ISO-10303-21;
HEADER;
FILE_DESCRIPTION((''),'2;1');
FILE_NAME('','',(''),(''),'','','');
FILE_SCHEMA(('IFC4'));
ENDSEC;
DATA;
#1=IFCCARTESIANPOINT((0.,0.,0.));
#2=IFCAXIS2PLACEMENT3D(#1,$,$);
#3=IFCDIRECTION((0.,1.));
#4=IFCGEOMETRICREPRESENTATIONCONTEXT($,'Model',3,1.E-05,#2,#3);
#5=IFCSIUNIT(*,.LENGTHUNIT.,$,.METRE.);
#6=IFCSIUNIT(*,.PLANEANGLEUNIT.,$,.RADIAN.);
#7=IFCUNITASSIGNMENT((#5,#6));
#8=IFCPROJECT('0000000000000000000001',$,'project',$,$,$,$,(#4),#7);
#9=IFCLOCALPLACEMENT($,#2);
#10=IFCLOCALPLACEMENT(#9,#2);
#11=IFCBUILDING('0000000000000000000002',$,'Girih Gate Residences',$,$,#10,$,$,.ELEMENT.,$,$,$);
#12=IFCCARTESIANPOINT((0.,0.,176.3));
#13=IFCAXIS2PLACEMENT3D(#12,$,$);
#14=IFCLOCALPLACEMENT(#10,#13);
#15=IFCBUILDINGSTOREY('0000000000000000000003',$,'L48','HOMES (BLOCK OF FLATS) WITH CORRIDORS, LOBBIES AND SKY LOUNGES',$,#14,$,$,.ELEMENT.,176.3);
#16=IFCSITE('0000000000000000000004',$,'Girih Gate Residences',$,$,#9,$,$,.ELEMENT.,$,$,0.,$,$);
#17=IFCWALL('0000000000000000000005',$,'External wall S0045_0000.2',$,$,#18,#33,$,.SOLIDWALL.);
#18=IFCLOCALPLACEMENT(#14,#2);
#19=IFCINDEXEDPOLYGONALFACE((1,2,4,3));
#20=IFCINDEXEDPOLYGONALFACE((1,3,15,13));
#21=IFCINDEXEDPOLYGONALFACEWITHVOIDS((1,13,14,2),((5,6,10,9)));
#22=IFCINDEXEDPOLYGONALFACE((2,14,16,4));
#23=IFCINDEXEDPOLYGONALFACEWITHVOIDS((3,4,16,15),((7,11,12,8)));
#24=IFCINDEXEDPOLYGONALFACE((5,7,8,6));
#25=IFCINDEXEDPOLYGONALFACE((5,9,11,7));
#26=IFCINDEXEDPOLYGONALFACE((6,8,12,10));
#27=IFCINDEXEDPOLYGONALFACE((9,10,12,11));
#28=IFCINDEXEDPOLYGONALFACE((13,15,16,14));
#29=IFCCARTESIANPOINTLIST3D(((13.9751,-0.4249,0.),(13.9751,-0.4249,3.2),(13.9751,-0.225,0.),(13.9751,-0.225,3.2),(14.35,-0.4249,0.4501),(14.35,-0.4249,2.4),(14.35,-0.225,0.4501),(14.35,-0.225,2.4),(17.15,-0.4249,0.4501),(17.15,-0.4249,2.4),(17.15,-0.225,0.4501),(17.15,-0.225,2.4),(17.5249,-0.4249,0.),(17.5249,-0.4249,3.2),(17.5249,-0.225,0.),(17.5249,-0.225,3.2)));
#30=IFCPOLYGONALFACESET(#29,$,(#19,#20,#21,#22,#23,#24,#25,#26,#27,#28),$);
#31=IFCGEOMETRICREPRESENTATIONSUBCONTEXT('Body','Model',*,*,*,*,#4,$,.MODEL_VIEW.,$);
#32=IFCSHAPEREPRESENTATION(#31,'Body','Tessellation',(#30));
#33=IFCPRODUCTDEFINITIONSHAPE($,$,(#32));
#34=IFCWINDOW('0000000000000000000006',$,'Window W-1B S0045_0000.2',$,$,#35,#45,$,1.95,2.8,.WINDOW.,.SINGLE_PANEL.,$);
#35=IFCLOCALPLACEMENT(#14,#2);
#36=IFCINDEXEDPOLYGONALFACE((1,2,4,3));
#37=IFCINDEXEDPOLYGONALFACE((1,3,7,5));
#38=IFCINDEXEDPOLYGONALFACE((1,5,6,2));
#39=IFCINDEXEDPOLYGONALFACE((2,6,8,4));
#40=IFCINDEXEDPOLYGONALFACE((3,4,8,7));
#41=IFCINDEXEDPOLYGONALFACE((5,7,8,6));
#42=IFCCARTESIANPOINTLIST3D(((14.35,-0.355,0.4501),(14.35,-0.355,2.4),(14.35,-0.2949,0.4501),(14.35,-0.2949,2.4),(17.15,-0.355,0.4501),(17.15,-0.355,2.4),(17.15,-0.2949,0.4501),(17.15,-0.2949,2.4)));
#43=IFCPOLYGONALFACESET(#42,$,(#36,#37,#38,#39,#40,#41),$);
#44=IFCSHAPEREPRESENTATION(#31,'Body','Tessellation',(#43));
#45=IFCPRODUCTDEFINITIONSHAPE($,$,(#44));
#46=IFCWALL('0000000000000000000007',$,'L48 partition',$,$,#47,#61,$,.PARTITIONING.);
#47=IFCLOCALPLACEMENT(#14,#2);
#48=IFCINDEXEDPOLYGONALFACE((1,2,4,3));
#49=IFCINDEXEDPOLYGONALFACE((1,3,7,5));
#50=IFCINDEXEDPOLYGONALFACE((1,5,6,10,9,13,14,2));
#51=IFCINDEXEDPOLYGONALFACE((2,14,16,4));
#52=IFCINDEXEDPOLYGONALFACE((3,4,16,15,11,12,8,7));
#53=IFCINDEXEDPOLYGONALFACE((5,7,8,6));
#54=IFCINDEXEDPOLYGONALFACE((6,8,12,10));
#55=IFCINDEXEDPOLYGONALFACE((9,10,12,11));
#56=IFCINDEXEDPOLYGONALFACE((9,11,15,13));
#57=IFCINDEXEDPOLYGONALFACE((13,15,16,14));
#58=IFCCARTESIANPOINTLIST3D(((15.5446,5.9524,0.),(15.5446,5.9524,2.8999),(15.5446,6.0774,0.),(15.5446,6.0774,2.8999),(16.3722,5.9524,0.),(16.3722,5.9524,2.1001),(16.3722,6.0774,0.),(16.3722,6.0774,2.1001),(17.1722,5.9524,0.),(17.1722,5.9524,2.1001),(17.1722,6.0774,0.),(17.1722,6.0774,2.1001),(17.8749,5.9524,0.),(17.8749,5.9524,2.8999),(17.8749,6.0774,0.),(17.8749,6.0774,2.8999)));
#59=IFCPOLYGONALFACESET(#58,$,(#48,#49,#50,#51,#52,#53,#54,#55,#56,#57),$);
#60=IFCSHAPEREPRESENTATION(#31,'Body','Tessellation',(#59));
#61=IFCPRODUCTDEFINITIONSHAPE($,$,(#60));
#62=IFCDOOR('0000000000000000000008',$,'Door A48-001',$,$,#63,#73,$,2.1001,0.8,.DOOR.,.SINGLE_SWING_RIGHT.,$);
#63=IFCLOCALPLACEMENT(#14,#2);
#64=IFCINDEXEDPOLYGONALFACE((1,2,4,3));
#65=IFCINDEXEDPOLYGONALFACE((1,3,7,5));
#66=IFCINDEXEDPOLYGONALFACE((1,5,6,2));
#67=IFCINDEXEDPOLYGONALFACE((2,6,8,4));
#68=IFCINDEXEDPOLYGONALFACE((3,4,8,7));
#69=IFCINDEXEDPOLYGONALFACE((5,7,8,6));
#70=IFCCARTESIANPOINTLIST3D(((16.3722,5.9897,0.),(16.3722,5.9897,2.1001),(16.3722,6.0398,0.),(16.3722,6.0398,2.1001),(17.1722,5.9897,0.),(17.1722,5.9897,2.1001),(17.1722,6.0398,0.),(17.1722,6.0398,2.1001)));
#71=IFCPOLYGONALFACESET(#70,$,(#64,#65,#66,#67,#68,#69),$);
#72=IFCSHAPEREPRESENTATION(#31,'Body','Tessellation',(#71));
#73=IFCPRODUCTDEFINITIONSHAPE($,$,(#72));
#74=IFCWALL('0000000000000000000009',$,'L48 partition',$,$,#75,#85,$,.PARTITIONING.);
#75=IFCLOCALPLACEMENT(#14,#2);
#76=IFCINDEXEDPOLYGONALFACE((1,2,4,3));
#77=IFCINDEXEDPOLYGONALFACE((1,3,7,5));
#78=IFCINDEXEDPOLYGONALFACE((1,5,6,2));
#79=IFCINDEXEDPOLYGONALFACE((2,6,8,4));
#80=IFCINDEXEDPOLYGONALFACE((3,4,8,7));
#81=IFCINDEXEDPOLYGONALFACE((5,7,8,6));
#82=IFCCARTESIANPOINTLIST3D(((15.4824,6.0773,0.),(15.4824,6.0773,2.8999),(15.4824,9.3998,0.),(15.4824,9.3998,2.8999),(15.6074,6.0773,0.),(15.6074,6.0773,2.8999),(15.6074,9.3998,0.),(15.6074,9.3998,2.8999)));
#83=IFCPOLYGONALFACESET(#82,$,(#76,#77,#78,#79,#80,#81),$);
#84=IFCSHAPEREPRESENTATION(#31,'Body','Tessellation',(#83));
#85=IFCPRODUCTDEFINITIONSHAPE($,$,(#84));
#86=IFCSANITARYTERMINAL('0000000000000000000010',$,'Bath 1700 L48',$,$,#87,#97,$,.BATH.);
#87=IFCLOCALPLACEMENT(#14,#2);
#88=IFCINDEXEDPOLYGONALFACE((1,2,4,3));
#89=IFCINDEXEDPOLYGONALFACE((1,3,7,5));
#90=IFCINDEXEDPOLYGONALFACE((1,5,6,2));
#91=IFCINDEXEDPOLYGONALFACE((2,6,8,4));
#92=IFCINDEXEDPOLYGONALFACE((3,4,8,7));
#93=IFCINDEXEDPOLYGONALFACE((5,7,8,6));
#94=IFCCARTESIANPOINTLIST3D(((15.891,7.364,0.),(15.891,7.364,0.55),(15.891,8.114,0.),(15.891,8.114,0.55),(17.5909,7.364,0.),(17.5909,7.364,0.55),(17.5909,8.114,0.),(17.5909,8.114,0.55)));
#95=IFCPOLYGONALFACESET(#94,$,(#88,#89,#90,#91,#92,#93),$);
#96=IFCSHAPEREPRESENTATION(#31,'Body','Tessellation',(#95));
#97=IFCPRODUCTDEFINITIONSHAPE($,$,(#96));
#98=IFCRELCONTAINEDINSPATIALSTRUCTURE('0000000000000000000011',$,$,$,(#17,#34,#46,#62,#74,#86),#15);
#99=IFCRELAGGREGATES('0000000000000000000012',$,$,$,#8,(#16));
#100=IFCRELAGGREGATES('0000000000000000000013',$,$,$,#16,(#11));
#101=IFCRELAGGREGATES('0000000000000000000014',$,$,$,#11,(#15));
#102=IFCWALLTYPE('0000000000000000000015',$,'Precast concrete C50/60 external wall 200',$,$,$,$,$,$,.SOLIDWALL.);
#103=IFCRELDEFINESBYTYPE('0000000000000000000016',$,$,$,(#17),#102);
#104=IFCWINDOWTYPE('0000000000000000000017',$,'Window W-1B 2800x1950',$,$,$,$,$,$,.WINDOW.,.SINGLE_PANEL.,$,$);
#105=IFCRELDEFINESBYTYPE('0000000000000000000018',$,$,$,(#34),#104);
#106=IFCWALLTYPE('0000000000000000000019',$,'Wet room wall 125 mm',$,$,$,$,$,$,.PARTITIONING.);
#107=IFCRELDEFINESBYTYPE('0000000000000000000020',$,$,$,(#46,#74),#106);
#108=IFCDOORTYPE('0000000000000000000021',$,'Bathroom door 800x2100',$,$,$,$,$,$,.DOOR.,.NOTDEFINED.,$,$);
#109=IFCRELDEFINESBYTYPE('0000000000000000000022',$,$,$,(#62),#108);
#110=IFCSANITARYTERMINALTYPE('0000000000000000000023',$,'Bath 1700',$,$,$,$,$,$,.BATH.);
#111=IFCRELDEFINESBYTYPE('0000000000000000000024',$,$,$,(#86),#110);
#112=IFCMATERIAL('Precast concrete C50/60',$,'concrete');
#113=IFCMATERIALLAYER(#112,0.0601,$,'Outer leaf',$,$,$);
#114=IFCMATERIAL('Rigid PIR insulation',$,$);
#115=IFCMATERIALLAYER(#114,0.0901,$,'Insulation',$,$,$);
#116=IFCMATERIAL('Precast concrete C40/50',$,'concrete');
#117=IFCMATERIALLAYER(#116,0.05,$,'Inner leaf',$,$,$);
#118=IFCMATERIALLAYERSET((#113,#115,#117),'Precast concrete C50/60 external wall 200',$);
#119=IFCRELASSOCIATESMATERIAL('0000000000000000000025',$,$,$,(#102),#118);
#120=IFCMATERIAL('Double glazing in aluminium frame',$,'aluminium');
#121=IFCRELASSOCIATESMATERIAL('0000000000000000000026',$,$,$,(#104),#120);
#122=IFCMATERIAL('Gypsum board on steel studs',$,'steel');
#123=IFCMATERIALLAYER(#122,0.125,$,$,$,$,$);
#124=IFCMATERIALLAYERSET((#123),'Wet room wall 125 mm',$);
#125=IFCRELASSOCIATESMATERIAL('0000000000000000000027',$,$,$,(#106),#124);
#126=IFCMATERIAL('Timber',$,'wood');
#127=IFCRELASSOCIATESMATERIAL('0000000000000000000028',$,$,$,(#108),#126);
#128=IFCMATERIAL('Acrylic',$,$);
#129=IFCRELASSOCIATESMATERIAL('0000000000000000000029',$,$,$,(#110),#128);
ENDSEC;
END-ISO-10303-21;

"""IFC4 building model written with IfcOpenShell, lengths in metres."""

from ifc_helpers import new_model, si_unit, direction, frame, frame_2d, origin, origin_2d, place, context, subcontext, project, spatial, rectangle, extrude, material, layer, layer_set, type_object, element, fill, save


model = new_model("IFC4")

# Units and contexts
model_context = context("Model", 3, precision=1e-05, world=origin(), true_north=direction((0.0, 1.0)))
body_context = subcontext(model_context, "Body", "Model", "MODEL_VIEW")
ifc_project = project(units=[si_unit("LENGTHUNIT", "METRE"), si_unit("PLANEANGLEUNIT", "RADIAN")], contexts=[model_context])

# Site, building, storey
site_placement = place(None, origin())
site = spatial("IfcSite", under=ifc_project, at=site_placement, Name="Girih Gate Residences", CompositionType="ELEMENT", RefElevation=0.0)
building_placement = place(site_placement, origin())
building = spatial("IfcBuilding", under=site, at=building_placement, Name="Girih Gate Residences", CompositionType="ELEMENT")
storey_placement = place(building_placement, frame((0.0, 0.0, 176.3)))
storey = spatial("IfcBuildingStorey", under=building, at=storey_placement, Name="L48", Description="HOMES (BLOCK OF FLATS) WITH CORRIDORS, LOBBIES AND SKY LOUNGES", CompositionType="ELEMENT", Elevation=176.3)

# Shared definitions
ifc_material_1 = material(Name="Gypsum board on steel studs", Category="steel")

# Shared definitions
ifc_material_2 = material(Name="Timber", Category="wood")

# Wall, opening, window
ifc_material_3 = material(Name="Precast concrete C50/60", Category="concrete")
ifc_layer_1 = layer(ifc_material_3, 0.0601, Name="Outer leaf")
ifc_material_4 = material(Name="Rigid PIR insulation")
ifc_layer_2 = layer(ifc_material_4, 0.0901, Name="Insulation")
ifc_material_5 = material(Name="Precast concrete C40/50", Category="concrete")
ifc_layer_3 = layer(ifc_material_5, 0.05, Name="Inner leaf")
ifc_layer_set_1 = layer_set([ifc_layer_1, ifc_layer_2, ifc_layer_3], Name="Precast concrete C50/60 external wall 200")
wall_type_1 = type_object("IfcWallType", Name="Precast concrete C50/60 external wall 200", PredefinedType="SOLIDWALL", material=ifc_layer_set_1)
wall_1_placement = place(storey_placement, frame((17.5249, -0.325, 0.0), z_axis=(0.0, 0.0, 1.0), x_axis=(-1.0, 0.0, 0.0)))
wall_1 = element("IfcWall", 1, at=wall_1_placement, inside=storey, type_object=wall_type_1, Name="External wall S0045_0000.2", PredefinedType="SOLIDWALL", context=body_context, shape_type="SweptSolid", body=[
    extrude(rectangle(XDim=3.5498, YDim=0.2, at=frame_2d((1.7749, 0.0))), origin(), (0.0, 0.0, 1.0), 3.2),
])
opening_1_placement = place(wall_1_placement, frame((0.375, 0.0, 0.45)))
opening_1 = element("IfcOpeningElement", 2, at=opening_1_placement, cuts=wall_1, PredefinedType="OPENING", context=body_context, shape_type="SweptSolid", body=[
    extrude(rectangle(XDim=2.8, YDim=1.95, at=frame_2d((1.3999, 0.9751))), frame((0.0, 0.1099, 0.0), z_axis=(0.0, -1.0, 0.0), x_axis=(1.0, 0.0, 0.0)), (0.0, 0.0, 1.0), 0.22),
])
ifc_material_6 = material(Name="Double glazing in aluminium frame", Category="aluminium")
window_type = type_object("IfcWindowType", Name="Window W-1B 2800x1950", PartitioningType="SINGLE_PANEL", PredefinedType="WINDOW", material=ifc_material_6)
window_placement = place(opening_1_placement, origin())
window = element("IfcWindow", 3, at=window_placement, inside=storey, type_object=window_type, Name="Window W-1B S0045_0000.2", OverallHeight=1.95, OverallWidth=2.8, PartitioningType="SINGLE_PANEL", PredefinedType="WINDOW", context=body_context, shape_type="SweptSolid", body=[
    extrude(rectangle(XDim=2.8, YDim=1.95, at=frame_2d((1.3999, 0.9751))), frame((0.0, 0.03, 0.0), z_axis=(0.0, -1.0, 0.0), x_axis=(1.0, 0.0, 0.0)), (0.0, 0.0, 1.0), 0.0601),
])
fill(opening_1, window)

# Wall, opening, door
ifc_layer_4 = layer(ifc_material_1, 0.125)
ifc_layer_set_2 = layer_set([ifc_layer_4], Name="Wet room wall 125 mm")
wall_type_2 = type_object("IfcWallType", Name="Wet room wall 125 mm", PredefinedType="PARTITIONING", material=ifc_layer_set_2)
wall_2_placement = place(storey_placement, frame((15.5447, 6.0149, 0.0), z_axis=(0.0, 0.0, 1.0), x_axis=(1.0, 0.0, 0.0)))
wall_2 = element("IfcWall", 4, at=wall_2_placement, inside=storey, type_object=wall_type_2, Name="L48 partition", PredefinedType="PARTITIONING", context=body_context, shape_type="SweptSolid", body=[
    extrude(rectangle(XDim=2.3303, YDim=0.125, at=frame_2d((1.165, 0.0))), origin(), (0.0, 0.0, 1.0), 2.8999),
])
opening_2_placement = place(wall_2_placement, frame((0.8276, 0.0, 0.0)))
opening_2 = element("IfcOpeningElement", 5, at=opening_2_placement, cuts=wall_2, PredefinedType="OPENING", context=body_context, shape_type="SweptSolid", body=[
    extrude(rectangle(XDim=0.8, YDim=2.1001, at=frame_2d((0.3999, 1.05))), frame((0.0, 0.0725, 0.0), z_axis=(0.0, -1.0, 0.0), x_axis=(1.0, 0.0, 0.0)), (0.0, 0.0, 1.0), 0.145),
])
door_type_1 = type_object("IfcDoorType", Name="Bathroom door 800x2100", OperationType="NOTDEFINED", PredefinedType="DOOR", material=ifc_material_2)
door_1_placement = place(opening_2_placement, origin())
door_1 = element("IfcDoor", 6, at=door_1_placement, inside=storey, type_object=door_type_1, Name="Door A48-001", OperationType="SINGLE_SWING_RIGHT", OverallHeight=2.1001, OverallWidth=0.8, PredefinedType="DOOR", context=body_context, shape_type="SweptSolid", body=[
    extrude(rectangle(XDim=0.8, YDim=2.1001, at=frame_2d((0.3999, 1.05))), frame((0.0, 0.0249, 0.0), z_axis=(0.0, -1.0, 0.0), x_axis=(1.0, 0.0, 0.0)), (0.0, 0.0, 1.0), 0.05),
])
fill(opening_2, door_1)

# Wall
wall_3_placement = place(storey_placement, frame((15.5449, 6.0774, 0.0), z_axis=(0.0, 0.0, 1.0), x_axis=(0.0, 1.0, 0.0)))
element("IfcWall", 7, at=wall_3_placement, inside=storey, type_object=wall_type_2, Name="L48 partition", PredefinedType="PARTITIONING", context=body_context, shape_type="SweptSolid", body=[
    extrude(rectangle(XDim=3.3225, YDim=0.125, at=frame_2d((1.6611, 0.0))), origin(), (0.0, 0.0, 1.0), 2.8999),
])

# Sanitary terminal
ifc_material_7 = material(Name="Acrylic")
sanitary_terminal_type = type_object("IfcSanitaryTerminalType", Name="Bath 1700", PredefinedType="BATH", material=ifc_material_7)
sanitary_terminal_placement = place(storey_placement, frame((16.741, 7.739, 0.0), z_axis=(0.0, 0.0, 1.0), x_axis=(1.0, 0.0, 0.0)))
element("IfcSanitaryTerminal", 8, at=sanitary_terminal_placement, inside=storey, type_object=sanitary_terminal_type, Name="Bath 1700 L48", PredefinedType="BATH", context=body_context, shape_type="SweptSolid", body=[
    extrude(rectangle(XDim=1.7, YDim=0.75, at=origin_2d()), origin(), (0.0, 0.0, 1.0), 0.55),
])

save(model, "model.ifc")
